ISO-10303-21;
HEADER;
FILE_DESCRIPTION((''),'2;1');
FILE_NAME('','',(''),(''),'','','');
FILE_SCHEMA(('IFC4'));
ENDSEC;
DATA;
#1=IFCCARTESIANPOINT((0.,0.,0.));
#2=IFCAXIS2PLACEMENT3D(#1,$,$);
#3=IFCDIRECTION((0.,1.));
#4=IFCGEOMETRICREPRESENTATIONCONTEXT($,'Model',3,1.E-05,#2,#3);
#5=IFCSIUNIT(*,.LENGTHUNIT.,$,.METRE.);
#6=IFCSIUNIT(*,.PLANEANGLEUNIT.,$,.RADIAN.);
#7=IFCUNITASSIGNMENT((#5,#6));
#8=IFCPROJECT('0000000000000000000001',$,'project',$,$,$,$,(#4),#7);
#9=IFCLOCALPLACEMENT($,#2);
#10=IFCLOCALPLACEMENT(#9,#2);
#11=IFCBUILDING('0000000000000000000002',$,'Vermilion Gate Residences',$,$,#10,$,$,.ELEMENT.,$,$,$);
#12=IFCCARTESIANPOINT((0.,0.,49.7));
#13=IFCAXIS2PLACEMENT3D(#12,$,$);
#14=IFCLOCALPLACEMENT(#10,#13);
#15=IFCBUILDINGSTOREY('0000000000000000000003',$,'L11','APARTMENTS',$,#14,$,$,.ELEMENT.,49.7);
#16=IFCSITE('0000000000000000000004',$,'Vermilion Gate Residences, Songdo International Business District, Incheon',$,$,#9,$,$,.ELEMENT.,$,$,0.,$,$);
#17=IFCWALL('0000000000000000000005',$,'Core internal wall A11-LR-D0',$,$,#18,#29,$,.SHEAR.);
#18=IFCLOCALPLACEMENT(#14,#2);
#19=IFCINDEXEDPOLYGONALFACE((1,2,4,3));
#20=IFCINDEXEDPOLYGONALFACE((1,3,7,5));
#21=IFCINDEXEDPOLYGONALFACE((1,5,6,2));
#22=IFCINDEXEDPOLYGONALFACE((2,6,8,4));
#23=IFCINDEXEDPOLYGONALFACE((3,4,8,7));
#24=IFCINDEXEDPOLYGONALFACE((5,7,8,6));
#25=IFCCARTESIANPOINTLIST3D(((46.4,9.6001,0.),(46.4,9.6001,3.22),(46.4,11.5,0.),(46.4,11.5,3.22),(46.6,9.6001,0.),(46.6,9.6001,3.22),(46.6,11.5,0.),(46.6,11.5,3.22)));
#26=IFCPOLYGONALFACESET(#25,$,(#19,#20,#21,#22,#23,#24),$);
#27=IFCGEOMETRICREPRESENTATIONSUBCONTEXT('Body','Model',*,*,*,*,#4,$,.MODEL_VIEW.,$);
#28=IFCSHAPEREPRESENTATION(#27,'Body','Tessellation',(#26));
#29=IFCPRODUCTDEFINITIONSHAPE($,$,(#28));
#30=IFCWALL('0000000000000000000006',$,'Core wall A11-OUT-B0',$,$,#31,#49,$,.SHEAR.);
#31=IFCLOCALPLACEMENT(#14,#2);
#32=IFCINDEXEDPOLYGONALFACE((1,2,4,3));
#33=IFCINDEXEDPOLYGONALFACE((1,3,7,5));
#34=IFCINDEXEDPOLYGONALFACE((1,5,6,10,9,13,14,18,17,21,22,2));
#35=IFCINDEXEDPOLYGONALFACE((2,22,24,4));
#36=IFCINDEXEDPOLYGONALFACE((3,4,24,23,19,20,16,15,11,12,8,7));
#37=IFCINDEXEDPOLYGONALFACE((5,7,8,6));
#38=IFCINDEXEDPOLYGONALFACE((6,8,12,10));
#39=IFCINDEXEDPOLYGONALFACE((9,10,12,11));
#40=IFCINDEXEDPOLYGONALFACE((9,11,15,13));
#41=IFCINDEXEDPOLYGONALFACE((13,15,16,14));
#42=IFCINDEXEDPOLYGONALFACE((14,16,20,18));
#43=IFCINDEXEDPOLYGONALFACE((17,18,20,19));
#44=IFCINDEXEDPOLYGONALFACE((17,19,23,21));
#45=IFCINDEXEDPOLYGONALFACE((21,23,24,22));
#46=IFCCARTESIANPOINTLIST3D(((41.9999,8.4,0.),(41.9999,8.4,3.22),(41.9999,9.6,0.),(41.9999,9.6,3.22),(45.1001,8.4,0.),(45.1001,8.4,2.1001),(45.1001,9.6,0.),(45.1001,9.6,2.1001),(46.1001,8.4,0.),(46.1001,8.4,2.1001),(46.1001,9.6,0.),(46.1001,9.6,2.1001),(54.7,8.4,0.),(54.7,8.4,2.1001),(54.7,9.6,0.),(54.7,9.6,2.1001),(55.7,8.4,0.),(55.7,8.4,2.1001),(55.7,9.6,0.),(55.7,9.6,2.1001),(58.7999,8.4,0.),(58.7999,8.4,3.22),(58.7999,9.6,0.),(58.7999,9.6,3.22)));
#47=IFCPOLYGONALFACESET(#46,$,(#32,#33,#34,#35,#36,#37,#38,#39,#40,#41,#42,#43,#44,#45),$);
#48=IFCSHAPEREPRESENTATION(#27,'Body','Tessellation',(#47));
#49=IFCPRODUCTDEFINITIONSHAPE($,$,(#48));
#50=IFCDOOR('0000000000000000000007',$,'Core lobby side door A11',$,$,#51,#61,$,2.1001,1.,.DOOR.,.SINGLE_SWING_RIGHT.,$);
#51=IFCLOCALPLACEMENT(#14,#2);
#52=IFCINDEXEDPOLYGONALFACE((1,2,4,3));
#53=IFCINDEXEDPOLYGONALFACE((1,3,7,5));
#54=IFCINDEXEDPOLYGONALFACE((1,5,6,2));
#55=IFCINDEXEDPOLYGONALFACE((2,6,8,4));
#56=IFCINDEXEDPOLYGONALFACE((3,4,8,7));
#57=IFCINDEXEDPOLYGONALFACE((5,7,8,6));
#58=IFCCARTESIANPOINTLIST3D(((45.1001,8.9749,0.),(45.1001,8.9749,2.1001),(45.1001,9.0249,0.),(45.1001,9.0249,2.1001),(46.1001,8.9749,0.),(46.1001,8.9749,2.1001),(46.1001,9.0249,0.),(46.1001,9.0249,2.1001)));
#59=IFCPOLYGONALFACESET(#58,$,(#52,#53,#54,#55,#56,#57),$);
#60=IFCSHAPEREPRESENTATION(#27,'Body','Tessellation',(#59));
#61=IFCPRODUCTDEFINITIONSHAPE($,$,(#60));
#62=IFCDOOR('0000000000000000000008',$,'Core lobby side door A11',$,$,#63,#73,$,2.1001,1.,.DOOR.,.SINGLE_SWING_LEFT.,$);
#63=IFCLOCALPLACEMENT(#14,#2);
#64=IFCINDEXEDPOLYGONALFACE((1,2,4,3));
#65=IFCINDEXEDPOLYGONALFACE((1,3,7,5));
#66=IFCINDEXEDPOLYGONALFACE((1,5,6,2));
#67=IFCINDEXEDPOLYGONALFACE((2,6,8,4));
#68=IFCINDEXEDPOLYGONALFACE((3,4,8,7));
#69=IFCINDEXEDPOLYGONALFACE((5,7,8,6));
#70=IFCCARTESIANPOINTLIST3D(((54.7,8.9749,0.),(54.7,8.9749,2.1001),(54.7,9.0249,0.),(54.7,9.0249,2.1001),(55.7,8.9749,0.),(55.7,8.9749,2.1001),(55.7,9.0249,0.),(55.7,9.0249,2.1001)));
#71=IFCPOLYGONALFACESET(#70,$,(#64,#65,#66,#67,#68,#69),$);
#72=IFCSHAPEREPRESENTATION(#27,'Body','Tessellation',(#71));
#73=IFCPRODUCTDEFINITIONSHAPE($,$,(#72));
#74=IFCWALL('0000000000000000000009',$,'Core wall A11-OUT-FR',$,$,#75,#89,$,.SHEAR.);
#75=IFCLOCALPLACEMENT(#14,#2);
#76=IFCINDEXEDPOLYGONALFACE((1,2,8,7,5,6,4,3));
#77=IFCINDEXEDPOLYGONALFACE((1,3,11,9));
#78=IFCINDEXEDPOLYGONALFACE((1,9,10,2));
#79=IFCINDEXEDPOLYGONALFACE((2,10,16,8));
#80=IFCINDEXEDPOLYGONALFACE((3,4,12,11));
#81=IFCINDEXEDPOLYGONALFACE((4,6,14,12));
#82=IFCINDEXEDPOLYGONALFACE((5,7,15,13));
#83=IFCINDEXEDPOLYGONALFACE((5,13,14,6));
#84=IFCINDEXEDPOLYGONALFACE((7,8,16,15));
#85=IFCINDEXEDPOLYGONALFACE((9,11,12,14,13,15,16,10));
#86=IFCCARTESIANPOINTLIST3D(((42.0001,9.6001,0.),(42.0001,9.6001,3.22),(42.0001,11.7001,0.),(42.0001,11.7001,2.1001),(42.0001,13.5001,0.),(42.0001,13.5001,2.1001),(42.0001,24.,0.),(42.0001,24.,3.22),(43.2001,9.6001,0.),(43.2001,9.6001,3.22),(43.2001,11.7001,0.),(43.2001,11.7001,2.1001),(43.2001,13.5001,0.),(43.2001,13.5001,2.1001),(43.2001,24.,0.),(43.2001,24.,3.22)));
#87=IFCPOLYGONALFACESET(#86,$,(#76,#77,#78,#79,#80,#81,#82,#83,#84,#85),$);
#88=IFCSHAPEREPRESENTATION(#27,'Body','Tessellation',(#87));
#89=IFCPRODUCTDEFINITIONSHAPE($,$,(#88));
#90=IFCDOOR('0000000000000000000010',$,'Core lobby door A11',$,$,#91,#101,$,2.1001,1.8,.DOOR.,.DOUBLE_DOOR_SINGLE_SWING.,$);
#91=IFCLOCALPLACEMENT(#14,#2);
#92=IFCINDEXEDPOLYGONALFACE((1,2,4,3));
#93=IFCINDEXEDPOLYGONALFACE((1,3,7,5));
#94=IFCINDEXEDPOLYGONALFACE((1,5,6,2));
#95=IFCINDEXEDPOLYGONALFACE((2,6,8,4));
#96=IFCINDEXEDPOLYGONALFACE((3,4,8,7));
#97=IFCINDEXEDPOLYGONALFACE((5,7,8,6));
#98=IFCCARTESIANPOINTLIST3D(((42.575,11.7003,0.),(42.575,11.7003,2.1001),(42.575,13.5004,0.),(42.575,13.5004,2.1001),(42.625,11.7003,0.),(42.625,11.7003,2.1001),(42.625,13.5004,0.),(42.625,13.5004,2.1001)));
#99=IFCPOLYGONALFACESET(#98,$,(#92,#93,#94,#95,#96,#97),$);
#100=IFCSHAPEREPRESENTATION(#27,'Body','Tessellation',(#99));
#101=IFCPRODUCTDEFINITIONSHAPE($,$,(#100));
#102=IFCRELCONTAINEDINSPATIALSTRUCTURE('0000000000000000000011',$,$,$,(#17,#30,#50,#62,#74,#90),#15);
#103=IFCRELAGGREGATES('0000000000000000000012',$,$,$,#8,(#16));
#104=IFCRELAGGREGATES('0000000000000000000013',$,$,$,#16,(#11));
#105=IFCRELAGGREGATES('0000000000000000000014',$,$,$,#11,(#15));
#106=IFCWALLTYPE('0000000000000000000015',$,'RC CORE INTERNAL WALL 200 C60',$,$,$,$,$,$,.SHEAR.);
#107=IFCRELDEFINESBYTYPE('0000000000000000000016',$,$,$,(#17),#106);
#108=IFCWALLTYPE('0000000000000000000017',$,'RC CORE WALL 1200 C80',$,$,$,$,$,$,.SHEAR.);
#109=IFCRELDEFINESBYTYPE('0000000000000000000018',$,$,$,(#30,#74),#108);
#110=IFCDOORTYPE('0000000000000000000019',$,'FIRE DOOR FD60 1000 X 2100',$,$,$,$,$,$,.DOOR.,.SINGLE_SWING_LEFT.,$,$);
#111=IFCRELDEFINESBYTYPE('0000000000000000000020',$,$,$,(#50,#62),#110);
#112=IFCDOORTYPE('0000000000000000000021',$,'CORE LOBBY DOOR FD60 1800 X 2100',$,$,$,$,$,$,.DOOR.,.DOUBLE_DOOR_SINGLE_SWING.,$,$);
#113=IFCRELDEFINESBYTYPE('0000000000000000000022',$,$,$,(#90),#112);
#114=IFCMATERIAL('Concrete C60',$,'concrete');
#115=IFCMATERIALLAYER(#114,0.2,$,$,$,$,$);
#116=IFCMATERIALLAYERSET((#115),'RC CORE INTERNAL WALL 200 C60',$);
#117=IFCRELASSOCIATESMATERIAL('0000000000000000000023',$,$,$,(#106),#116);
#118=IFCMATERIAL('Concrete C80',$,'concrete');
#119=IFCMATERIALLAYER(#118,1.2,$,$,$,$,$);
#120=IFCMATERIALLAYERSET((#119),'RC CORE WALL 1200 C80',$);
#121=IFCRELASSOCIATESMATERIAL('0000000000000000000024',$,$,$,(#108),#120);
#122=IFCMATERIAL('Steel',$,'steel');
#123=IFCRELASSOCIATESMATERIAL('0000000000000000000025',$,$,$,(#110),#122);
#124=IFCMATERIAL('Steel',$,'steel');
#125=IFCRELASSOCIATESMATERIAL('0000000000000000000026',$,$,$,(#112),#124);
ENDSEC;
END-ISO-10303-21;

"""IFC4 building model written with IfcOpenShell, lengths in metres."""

from ifc_helpers import new_model, si_unit, direction, frame, frame_2d, origin, place, context, subcontext, project, spatial, rectangle, extrude, material, layer, layer_set, type_object, element, fill, save


model = new_model("IFC4")

# Units and contexts
model_context = context("Model", 3, precision=1e-05, world=origin(), true_north=direction((0.0, 1.0)))
body_context = subcontext(model_context, "Body", "Model", "MODEL_VIEW")
ifc_project = project(units=[si_unit("LENGTHUNIT", "METRE"), si_unit("PLANEANGLEUNIT", "RADIAN")], contexts=[model_context])

# Site, building, storey
site_placement = place(None, origin())
site = spatial("IfcSite", under=ifc_project, at=site_placement, Name="Vermilion Gate Residences, Songdo International Business District, Incheon", CompositionType="ELEMENT", RefElevation=0.0)
building_placement = place(site_placement, origin())
building = spatial("IfcBuilding", under=site, at=building_placement, Name="Vermilion Gate Residences", CompositionType="ELEMENT")
storey_placement = place(building_placement, frame((0.0, 0.0, 49.7)))
storey = spatial("IfcBuildingStorey", under=building, at=storey_placement, Name="L11", Description="APARTMENTS", CompositionType="ELEMENT", Elevation=49.7)

# Wall
ifc_material_1 = material(Name="Concrete C60", Category="concrete")
ifc_layer_1 = layer(ifc_material_1, 0.2)
ifc_layer_set_1 = layer_set([ifc_layer_1], Name="RC CORE INTERNAL WALL 200 C60")
wall_type_1 = type_object("IfcWallType", Name="RC CORE INTERNAL WALL 200 C60", PredefinedType="SHEAR", material=ifc_layer_set_1)
wall_1_placement = place(storey_placement, frame((46.5, 9.6001, 0.0), z_axis=(0.0, 0.0, 1.0), x_axis=(0.0, 1.0, 0.0)))
element("IfcWall", 1, at=wall_1_placement, inside=storey, type_object=wall_type_1, Name="Core internal wall A11-LR-D0", PredefinedType="SHEAR", context=body_context, shape_type="SweptSolid", body=[
    extrude(rectangle(XDim=1.8999, YDim=0.2, at=frame_2d((0.95, 0.0))), origin(), (0.0, 0.0, 1.0), 3.22),
])

# Wall, openings, doors
ifc_material_2 = material(Name="Concrete C80", Category="concrete")
ifc_layer_2 = layer(ifc_material_2, 1.2)
ifc_layer_set_2 = layer_set([ifc_layer_2], Name="RC CORE WALL 1200 C80")
wall_type_2 = type_object("IfcWallType", Name="RC CORE WALL 1200 C80", PredefinedType="SHEAR", material=ifc_layer_set_2)
wall_2_placement = place(storey_placement, frame((42.0, 9.0, 0.0), z_axis=(0.0, 0.0, 1.0), x_axis=(1.0, 0.0, 0.0)))
wall_2 = element("IfcWall", 2, at=wall_2_placement, inside=storey, type_object=wall_type_2, Name="Core wall A11-OUT-B0", PredefinedType="SHEAR", context=body_context, shape_type="SweptSolid", body=[
    extrude(rectangle(XDim=16.8, YDim=1.2, at=frame_2d((8.3999, 0.0))), origin(), (0.0, 0.0, 1.0), 3.22),
])
opening_1_placement = place(wall_2_placement, frame((3.1001, 0.0, 0.0)))
opening_1 = element("IfcOpeningElement", 3, at=opening_1_placement, cuts=wall_2, PredefinedType="OPENING", context=body_context, shape_type="SweptSolid", body=[
    extrude(rectangle(XDim=1.0, YDim=2.1001, at=frame_2d((0.5, 1.05))), frame((0.0, 0.6099, 0.0), z_axis=(0.0, -1.0, 0.0), x_axis=(1.0, 0.0, 0.0)), (0.0, 0.0, 1.0), 1.22),
])
opening_2_placement = place(wall_2_placement, frame((12.7, 0.0, 0.0)))
opening_2 = element("IfcOpeningElement", 4, at=opening_2_placement, cuts=wall_2, PredefinedType="OPENING", context=body_context, shape_type="SweptSolid", body=[
    extrude(rectangle(XDim=1.0, YDim=2.1001, at=frame_2d((0.5, 1.05))), frame((0.0, 0.6099, 0.0), z_axis=(0.0, -1.0, 0.0), x_axis=(1.0, 0.0, 0.0)), (0.0, 0.0, 1.0), 1.22),
])
ifc_material_3 = material(Name="Steel", Category="steel")
door_type_1 = type_object("IfcDoorType", Name="FIRE DOOR FD60 1000 X 2100", OperationType="SINGLE_SWING_LEFT", PredefinedType="DOOR", material=ifc_material_3)
door_1_placement = place(opening_1_placement, origin())
door_1 = element("IfcDoor", 5, at=door_1_placement, inside=storey, type_object=door_type_1, Name="Core lobby side door A11", OperationType="SINGLE_SWING_RIGHT", OverallHeight=2.1001, OverallWidth=1.0, PredefinedType="DOOR", context=body_context, shape_type="SweptSolid", body=[
    extrude(rectangle(XDim=1.0, YDim=2.1001, at=frame_2d((0.5, 1.05))), frame((0.0, 0.0249, 0.0), z_axis=(0.0, -1.0, 0.0), x_axis=(1.0, 0.0, 0.0)), (0.0, 0.0, 1.0), 0.05),
])
fill(opening_1, door_1)
door_2_placement = place(opening_2_placement, origin())
door_2 = element("IfcDoor", 6, at=door_2_placement, inside=storey, type_object=door_type_1, Name="Core lobby side door A11", OperationType="SINGLE_SWING_LEFT", OverallHeight=2.1001, OverallWidth=1.0, PredefinedType="DOOR", context=body_context, shape_type="SweptSolid", body=[
    extrude(rectangle(XDim=1.0, YDim=2.1001, at=frame_2d((0.5, 1.05))), frame((0.0, 0.0249, 0.0), z_axis=(0.0, -1.0, 0.0), x_axis=(1.0, 0.0, 0.0)), (0.0, 0.0, 1.0), 0.05),
])
fill(opening_2, door_2)

# Wall, opening, door
wall_3_placement = place(storey_placement, frame((42.6001, 9.6001, 0.0), z_axis=(0.0, 0.0, 1.0), x_axis=(0.0, 1.0, 0.0)))
wall_3 = element("IfcWall", 7, at=wall_3_placement, inside=storey, type_object=wall_type_2, Name="Core wall A11-OUT-FR", PredefinedType="SHEAR", context=body_context, shape_type="SweptSolid", body=[
    extrude(rectangle(XDim=14.3999, YDim=1.2, at=frame_2d((7.2, 0.0))), origin(), (0.0, 0.0, 1.0), 3.22),
])
opening_3_placement = place(wall_3_placement, frame((2.1001, 0.0, 0.0)))
opening_3 = element("IfcOpeningElement", 8, at=opening_3_placement, cuts=wall_3, PredefinedType="OPENING", context=body_context, shape_type="SweptSolid", body=[
    extrude(rectangle(XDim=1.8, YDim=2.1001, at=frame_2d((0.8999, 1.05))), frame((0.0, 0.6099, 0.0), z_axis=(0.0, -1.0, 0.0), x_axis=(1.0, 0.0, 0.0)), (0.0, 0.0, 1.0), 1.22),
])
ifc_material_4 = material(Name="Steel", Category="steel")
door_type_2 = type_object("IfcDoorType", Name="CORE LOBBY DOOR FD60 1800 X 2100", OperationType="DOUBLE_DOOR_SINGLE_SWING", PredefinedType="DOOR", material=ifc_material_4)
door_3_placement = place(opening_3_placement, frame((1.8, 0.0, 0.0), z_axis=(0.0, 0.0, 1.0), x_axis=(-1.0, 0.0, 0.0)))
door_3 = element("IfcDoor", 9, at=door_3_placement, inside=storey, type_object=door_type_2, Name="Core lobby door A11", OperationType="DOUBLE_DOOR_SINGLE_SWING", OverallHeight=2.1001, OverallWidth=1.8, PredefinedType="DOOR", context=body_context, shape_type="SweptSolid", body=[
    extrude(rectangle(XDim=1.8, YDim=2.1001, at=frame_2d((0.8999, 1.05))), frame((0.0, 0.0249, 0.0), z_axis=(0.0, -1.0, 0.0), x_axis=(1.0, 0.0, 0.0)), (0.0, 0.0, 1.0), 0.05),
])
fill(opening_3, door_3)

save(model, "model.ifc")
